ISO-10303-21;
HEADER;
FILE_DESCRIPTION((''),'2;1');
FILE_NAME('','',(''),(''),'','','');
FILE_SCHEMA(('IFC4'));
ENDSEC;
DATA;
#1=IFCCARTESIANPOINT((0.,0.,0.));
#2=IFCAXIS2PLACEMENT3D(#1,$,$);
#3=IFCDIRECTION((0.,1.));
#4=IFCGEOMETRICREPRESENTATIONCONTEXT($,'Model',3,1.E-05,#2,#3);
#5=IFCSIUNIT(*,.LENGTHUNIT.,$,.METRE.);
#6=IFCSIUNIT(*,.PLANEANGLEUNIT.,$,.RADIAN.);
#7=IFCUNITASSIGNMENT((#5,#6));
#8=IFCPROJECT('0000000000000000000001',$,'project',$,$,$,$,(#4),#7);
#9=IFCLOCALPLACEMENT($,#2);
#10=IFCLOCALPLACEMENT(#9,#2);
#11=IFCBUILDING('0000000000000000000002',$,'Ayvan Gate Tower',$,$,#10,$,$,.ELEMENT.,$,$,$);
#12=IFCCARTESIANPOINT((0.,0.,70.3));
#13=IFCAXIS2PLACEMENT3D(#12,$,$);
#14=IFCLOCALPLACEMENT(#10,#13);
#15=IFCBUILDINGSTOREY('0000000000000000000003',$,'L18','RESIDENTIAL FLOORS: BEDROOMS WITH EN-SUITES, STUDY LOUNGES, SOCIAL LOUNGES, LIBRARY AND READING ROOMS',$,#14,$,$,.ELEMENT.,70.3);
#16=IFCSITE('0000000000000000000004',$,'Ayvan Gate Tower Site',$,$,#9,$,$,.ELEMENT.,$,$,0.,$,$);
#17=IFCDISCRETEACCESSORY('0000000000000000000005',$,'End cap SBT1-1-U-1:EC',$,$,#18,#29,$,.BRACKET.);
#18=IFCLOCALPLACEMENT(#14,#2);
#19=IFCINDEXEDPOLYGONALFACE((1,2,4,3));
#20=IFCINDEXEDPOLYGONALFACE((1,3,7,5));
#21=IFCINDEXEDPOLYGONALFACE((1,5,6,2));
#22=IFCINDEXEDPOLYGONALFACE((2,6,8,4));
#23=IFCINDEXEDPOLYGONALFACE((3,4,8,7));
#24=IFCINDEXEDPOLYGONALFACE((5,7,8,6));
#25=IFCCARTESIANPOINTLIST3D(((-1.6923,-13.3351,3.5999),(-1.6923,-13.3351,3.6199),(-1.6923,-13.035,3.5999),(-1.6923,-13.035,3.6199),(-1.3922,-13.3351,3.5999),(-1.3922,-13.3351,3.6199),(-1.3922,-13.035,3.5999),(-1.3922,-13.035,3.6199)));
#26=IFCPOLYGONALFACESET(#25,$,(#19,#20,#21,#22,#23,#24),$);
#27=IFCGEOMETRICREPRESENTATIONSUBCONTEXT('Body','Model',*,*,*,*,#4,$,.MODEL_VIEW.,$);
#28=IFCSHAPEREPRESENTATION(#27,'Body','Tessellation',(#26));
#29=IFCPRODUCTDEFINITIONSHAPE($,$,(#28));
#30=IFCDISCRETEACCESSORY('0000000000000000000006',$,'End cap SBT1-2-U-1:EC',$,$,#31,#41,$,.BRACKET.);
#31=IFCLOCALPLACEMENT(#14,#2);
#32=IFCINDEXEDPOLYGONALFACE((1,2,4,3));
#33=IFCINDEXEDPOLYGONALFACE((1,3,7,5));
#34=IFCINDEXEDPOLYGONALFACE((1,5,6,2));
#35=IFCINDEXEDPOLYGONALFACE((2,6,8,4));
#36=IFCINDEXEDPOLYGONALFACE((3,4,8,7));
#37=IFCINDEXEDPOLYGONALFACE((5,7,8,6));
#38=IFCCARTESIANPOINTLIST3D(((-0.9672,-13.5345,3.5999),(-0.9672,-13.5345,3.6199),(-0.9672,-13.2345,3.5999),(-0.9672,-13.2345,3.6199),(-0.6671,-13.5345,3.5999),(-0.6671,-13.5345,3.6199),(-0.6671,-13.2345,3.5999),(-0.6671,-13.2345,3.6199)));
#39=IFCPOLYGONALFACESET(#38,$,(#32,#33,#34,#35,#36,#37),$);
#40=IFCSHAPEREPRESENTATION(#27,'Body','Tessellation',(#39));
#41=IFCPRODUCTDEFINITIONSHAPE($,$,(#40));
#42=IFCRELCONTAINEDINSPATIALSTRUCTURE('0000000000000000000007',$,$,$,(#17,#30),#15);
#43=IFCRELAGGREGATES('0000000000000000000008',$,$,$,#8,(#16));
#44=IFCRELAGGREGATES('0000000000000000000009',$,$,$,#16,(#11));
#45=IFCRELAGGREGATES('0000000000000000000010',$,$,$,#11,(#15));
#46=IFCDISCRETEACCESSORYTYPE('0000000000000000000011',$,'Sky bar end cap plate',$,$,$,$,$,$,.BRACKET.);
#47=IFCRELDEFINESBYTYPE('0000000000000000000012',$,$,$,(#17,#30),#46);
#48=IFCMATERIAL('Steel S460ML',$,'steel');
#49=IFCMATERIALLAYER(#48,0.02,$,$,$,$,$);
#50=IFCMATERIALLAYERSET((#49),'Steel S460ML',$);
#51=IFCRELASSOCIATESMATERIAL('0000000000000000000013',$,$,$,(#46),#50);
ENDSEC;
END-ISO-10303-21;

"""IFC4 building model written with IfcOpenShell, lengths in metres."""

from ifc_helpers import new_model, si_unit, direction, frame, origin, origin_2d, place, context, subcontext, project, spatial, rectangle, extrude, material, layer, layer_set, type_object, element, save


model = new_model("IFC4")

# Units and contexts
model_context = context("Model", 3, precision=1e-05, world=origin(), true_north=direction((0.0, 1.0)))
body_context = subcontext(model_context, "Body", "Model", "MODEL_VIEW")
ifc_project = project(units=[si_unit("LENGTHUNIT", "METRE"), si_unit("PLANEANGLEUNIT", "RADIAN")], contexts=[model_context])

# Site, building, storey
site_placement = place(None, origin())
site = spatial("IfcSite", under=ifc_project, at=site_placement, Name="Ayvan Gate Tower Site", CompositionType="ELEMENT", RefElevation=0.0)
building_placement = place(site_placement, origin())
building = spatial("IfcBuilding", under=site, at=building_placement, Name="Ayvan Gate Tower", CompositionType="ELEMENT")
storey_placement = place(building_placement, frame((0.0, 0.0, 70.3)))
storey = spatial("IfcBuildingStorey", under=building, at=storey_placement, Name="L18", Description="RESIDENTIAL FLOORS: BEDROOMS WITH EN-SUITES, STUDY LOUNGES, SOCIAL LOUNGES, LIBRARY AND READING ROOMS", CompositionType="ELEMENT", Elevation=70.3)

# Discrete accessories
ifc_material_1 = material(Name="Steel S460ML", Category="steel")
ifc_layer_1 = layer(ifc_material_1, 0.02)
ifc_layer_set_1 = layer_set([ifc_layer_1], Name="Steel S460ML")
discrete_accessory_type = type_object("IfcDiscreteAccessoryType", Name="Sky bar end cap plate", PredefinedType="BRACKET", material=ifc_layer_set_1)
for number, where, z_axis, x_axis, name in (
    (1, (-1.5422, -13.1851, 3.5999), (0.0, 0.0, 1.0), (1.0, 0.0, 0.0), "End cap SBT1-1-U-1:EC"),
    (2, (-0.8171, -13.3845, 3.5999), (0.0, 0.0, 1.0), (1.0, 0.0, 0.0), "End cap SBT1-2-U-1:EC"),
):
    element("IfcDiscreteAccessory", number, at=place(storey_placement, frame(where, z_axis=z_axis, x_axis=x_axis)), inside=storey, type_object=discrete_accessory_type, Name=name, PredefinedType="BRACKET", context=body_context, shape_type="SweptSolid", body=[
        extrude(rectangle(XDim=0.3, YDim=0.3, at=origin_2d()), origin(), (0.0, 0.0, 1.0), 0.02),
    ])

save(model, "model.ifc")
